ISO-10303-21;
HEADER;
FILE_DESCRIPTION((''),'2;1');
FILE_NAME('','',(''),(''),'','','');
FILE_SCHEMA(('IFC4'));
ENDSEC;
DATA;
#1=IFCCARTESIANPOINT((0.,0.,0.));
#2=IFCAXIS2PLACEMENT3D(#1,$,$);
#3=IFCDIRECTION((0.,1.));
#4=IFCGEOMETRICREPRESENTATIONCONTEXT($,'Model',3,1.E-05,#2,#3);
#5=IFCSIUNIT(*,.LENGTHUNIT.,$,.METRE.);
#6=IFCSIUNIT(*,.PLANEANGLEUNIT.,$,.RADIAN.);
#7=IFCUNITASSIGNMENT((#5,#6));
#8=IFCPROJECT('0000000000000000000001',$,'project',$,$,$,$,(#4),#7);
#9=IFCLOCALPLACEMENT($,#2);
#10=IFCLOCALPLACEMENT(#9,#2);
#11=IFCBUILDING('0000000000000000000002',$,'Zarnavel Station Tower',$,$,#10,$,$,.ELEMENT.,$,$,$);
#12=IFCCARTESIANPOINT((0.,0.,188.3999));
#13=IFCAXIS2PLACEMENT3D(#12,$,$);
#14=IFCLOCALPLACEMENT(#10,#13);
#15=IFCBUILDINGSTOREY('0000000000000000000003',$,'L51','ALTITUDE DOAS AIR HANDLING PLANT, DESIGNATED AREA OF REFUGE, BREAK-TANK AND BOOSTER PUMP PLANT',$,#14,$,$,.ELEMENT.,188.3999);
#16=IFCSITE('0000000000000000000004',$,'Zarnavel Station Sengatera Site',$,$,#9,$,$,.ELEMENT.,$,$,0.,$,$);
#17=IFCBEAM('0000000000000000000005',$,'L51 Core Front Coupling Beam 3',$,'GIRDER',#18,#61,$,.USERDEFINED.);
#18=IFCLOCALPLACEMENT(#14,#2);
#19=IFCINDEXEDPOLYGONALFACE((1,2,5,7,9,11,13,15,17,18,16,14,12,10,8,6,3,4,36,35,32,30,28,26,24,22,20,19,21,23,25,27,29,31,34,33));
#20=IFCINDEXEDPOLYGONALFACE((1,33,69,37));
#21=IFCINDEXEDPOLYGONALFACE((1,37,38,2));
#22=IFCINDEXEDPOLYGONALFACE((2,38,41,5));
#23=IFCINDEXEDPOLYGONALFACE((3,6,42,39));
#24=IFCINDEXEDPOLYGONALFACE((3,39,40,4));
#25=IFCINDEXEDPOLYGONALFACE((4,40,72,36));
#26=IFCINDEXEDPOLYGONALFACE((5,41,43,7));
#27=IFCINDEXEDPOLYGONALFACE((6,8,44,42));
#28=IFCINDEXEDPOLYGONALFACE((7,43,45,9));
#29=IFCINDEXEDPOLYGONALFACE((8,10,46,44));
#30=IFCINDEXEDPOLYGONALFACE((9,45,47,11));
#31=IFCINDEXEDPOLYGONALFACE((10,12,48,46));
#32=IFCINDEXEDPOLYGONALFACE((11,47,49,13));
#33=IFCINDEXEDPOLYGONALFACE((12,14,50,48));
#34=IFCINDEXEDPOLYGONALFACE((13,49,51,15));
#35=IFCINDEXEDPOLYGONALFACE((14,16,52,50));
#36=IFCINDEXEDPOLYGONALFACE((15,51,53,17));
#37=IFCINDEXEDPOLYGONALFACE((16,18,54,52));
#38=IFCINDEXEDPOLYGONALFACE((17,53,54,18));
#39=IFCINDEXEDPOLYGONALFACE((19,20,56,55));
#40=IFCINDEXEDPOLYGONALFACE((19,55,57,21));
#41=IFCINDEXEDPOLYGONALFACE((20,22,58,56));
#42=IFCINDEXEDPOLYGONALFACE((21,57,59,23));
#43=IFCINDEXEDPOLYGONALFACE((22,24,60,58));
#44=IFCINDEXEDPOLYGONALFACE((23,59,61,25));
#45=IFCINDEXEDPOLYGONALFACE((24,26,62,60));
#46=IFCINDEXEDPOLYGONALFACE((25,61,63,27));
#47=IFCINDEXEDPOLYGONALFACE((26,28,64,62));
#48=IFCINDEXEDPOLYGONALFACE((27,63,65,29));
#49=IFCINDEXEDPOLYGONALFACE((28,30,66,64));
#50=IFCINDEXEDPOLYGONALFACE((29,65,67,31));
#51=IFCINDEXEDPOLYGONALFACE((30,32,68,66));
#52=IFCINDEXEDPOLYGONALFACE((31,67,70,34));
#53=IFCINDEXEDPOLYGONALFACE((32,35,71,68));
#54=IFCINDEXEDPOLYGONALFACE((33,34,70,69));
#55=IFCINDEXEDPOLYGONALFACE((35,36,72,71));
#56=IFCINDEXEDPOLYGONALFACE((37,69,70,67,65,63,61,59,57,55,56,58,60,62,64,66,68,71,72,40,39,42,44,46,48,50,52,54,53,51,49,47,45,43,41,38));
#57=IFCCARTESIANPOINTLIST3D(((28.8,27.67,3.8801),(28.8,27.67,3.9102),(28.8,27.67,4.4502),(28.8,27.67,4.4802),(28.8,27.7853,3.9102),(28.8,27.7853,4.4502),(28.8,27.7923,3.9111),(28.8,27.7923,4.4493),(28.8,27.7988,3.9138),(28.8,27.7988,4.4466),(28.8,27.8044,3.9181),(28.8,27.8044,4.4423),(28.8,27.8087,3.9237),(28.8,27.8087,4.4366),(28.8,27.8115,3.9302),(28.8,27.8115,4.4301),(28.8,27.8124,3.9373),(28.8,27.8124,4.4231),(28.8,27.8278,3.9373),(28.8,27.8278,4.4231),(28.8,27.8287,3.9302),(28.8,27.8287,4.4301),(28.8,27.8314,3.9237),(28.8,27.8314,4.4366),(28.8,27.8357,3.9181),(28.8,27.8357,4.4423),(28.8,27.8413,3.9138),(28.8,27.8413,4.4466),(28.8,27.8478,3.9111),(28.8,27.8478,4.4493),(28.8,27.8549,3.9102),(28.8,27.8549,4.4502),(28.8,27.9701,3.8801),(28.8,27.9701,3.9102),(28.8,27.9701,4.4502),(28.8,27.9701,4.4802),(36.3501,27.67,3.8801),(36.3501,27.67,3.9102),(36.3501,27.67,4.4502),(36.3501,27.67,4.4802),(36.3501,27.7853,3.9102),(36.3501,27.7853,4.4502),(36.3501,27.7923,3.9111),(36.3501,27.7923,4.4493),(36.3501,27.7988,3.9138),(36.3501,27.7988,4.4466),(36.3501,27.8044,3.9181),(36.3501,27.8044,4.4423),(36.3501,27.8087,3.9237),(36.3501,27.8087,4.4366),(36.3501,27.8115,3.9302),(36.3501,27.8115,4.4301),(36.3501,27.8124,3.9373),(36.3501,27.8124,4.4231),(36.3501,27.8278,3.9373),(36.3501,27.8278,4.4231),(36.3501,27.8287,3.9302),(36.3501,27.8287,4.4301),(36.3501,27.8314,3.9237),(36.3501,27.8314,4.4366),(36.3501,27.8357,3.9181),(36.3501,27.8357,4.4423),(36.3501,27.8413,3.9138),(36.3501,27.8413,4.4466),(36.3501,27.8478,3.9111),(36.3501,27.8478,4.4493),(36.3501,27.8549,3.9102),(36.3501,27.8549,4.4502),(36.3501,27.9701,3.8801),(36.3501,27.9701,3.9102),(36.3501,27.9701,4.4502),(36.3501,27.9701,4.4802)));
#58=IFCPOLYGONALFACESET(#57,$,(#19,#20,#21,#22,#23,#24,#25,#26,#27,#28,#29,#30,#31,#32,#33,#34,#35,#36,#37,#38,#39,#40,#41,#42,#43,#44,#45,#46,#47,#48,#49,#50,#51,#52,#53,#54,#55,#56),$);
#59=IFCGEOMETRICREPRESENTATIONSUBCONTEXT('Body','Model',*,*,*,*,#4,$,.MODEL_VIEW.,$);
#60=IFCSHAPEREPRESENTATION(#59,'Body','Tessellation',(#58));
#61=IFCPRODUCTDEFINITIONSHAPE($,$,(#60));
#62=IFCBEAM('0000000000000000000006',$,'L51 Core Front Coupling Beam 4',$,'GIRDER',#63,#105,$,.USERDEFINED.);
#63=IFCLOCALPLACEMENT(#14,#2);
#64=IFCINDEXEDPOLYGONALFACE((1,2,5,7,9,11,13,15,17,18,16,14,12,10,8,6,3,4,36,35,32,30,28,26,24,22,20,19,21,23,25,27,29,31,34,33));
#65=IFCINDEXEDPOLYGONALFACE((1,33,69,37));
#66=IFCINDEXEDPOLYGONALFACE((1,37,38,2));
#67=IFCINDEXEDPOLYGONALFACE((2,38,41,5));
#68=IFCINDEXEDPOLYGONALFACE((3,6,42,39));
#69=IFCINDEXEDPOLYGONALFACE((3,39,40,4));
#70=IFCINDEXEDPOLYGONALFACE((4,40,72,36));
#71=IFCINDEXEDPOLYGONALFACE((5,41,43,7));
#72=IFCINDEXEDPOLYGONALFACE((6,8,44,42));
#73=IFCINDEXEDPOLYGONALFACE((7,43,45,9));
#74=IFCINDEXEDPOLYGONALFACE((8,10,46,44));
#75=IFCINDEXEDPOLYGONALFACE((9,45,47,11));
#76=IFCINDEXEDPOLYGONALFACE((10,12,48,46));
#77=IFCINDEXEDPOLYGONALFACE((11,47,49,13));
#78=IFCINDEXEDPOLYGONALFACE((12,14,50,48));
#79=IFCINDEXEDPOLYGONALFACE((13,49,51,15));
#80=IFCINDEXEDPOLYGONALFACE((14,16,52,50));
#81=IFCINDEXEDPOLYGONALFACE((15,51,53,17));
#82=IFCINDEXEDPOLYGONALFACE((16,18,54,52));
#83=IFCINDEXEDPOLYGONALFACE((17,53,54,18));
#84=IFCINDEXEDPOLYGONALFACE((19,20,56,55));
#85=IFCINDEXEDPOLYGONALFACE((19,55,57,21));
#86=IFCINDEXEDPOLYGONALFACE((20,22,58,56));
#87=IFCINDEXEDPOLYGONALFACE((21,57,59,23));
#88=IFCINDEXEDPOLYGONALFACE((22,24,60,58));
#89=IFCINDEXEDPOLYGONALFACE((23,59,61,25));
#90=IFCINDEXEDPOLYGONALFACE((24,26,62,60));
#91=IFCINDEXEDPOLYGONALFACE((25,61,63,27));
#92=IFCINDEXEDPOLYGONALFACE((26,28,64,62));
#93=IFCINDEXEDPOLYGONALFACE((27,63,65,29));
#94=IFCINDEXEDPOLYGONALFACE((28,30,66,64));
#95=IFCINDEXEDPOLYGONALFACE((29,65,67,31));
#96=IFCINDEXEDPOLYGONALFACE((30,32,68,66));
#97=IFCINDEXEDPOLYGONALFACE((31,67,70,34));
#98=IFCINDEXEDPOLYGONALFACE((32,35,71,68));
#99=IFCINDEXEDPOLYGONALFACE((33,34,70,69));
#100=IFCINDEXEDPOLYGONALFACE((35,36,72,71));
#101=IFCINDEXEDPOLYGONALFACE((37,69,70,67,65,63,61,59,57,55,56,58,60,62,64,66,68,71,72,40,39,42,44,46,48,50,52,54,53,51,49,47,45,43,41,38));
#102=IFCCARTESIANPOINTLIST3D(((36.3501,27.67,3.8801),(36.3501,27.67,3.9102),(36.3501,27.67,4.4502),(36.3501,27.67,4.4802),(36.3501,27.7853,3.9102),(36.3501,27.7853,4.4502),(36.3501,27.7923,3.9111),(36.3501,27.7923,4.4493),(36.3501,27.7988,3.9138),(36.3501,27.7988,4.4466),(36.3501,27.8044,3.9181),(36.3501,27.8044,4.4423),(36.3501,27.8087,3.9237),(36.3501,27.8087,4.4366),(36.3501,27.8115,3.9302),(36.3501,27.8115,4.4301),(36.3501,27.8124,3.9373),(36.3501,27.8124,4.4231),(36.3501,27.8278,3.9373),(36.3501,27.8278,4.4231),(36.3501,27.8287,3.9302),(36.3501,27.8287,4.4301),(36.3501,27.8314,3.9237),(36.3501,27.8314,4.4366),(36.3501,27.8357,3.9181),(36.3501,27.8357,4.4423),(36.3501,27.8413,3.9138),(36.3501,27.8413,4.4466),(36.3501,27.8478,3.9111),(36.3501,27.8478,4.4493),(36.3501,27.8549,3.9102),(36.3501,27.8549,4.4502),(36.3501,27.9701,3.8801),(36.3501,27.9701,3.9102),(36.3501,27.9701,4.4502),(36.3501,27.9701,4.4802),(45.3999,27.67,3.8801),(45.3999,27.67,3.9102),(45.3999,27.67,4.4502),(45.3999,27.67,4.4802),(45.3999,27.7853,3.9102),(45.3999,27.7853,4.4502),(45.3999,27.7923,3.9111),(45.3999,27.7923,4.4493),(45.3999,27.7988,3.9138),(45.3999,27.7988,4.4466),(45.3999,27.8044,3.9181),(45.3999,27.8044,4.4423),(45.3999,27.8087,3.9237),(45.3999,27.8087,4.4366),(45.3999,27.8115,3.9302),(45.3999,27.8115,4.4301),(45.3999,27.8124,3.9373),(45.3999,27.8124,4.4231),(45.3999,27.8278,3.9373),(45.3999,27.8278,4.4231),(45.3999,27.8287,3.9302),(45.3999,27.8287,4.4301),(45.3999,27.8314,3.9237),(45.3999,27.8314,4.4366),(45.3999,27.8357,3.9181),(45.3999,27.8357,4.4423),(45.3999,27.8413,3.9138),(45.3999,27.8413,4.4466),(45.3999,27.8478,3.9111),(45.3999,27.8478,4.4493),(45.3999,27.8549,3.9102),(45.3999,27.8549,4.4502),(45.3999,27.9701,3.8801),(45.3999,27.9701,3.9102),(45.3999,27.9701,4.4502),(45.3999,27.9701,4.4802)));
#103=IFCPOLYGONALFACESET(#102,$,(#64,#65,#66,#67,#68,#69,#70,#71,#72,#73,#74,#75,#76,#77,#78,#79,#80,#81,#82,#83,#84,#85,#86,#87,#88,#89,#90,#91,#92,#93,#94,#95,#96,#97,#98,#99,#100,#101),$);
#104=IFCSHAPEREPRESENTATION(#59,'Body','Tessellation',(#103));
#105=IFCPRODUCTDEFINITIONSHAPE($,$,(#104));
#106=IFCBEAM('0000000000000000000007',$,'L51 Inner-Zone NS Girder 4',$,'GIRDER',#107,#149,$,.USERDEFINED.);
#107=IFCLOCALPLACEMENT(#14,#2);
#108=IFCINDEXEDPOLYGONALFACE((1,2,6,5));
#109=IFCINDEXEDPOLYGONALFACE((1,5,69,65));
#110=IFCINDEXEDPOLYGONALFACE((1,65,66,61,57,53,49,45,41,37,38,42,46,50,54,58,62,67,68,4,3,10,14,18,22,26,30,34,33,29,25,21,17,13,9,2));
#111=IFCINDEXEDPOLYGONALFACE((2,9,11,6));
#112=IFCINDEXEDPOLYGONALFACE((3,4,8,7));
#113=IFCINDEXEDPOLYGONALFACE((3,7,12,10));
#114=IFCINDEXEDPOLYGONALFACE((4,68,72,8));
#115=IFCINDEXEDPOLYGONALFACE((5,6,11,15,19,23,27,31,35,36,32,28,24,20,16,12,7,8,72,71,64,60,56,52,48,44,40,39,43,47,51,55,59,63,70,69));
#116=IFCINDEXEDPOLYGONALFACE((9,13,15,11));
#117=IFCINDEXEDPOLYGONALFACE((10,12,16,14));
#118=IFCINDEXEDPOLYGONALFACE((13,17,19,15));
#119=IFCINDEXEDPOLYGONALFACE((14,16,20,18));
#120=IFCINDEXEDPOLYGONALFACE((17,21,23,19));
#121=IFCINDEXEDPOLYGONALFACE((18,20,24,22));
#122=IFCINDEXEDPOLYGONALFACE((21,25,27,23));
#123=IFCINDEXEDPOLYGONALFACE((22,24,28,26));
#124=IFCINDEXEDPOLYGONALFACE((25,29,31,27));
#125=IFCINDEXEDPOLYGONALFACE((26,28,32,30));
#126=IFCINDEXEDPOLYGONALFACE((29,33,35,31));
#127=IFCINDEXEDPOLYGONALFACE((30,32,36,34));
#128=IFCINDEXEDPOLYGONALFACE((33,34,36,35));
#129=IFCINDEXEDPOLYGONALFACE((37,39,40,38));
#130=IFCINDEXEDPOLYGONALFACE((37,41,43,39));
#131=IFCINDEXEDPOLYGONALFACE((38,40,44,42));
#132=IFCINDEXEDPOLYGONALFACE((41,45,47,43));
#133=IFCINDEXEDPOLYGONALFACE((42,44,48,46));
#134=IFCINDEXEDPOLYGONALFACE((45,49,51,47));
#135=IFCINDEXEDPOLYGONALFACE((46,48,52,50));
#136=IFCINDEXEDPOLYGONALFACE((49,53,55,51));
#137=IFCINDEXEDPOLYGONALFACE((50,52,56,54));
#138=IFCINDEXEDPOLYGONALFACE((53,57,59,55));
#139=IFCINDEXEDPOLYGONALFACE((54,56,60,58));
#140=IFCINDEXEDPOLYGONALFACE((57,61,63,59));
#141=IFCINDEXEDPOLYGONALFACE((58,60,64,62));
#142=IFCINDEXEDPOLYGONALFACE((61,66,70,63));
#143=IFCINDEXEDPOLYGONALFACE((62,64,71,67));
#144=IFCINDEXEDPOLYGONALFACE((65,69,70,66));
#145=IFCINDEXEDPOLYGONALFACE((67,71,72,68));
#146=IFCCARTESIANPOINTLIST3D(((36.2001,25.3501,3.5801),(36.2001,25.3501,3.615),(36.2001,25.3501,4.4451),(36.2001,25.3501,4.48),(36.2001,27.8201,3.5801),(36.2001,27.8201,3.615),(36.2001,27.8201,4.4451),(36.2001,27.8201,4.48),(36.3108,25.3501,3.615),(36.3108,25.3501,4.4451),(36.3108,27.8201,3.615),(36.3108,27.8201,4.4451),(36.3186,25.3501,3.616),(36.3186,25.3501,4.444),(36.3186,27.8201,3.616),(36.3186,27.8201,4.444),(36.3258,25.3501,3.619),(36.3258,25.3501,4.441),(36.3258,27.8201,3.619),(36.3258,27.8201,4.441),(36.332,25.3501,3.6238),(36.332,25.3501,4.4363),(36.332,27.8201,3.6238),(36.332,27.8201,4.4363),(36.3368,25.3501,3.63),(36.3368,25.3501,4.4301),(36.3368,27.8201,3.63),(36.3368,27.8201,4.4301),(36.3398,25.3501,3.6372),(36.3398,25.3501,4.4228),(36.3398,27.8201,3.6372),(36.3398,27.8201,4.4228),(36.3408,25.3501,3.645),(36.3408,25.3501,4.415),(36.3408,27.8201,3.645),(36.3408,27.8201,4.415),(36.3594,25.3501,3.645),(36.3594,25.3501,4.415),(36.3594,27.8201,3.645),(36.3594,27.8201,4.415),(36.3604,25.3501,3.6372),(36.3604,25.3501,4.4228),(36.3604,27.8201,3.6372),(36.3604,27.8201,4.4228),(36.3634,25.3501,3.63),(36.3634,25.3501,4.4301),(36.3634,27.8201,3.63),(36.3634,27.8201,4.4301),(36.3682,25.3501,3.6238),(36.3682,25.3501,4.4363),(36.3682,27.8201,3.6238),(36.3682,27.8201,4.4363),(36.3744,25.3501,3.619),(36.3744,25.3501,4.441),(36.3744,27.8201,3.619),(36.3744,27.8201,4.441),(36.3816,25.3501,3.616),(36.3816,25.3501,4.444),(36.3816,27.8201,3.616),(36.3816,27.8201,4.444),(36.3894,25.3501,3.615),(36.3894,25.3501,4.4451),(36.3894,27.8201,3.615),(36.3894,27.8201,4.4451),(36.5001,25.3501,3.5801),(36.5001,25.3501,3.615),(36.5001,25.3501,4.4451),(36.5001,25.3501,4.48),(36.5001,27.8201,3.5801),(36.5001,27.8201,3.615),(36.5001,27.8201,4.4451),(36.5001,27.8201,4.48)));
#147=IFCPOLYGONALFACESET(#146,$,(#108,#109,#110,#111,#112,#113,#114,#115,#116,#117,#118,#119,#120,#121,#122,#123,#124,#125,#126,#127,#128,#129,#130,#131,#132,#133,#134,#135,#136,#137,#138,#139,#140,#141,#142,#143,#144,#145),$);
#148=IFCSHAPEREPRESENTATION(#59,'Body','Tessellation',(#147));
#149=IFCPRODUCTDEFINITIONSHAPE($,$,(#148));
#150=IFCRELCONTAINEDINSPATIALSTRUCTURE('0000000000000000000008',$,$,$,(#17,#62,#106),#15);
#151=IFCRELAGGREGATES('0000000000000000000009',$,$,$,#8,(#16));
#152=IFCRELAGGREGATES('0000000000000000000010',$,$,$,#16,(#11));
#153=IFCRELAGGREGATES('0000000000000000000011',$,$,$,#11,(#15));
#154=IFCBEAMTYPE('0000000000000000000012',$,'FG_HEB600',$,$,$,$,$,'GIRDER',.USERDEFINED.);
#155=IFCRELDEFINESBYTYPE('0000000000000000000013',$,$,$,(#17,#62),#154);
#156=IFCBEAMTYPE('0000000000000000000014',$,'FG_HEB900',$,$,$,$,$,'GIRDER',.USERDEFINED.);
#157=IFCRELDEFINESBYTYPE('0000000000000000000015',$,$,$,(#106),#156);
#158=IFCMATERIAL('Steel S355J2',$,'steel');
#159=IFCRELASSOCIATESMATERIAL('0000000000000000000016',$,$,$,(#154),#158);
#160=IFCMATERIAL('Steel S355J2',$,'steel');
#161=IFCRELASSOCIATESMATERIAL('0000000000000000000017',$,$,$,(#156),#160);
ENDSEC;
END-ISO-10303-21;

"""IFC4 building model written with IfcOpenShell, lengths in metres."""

from ifc_helpers import new_model, si_unit, direction, frame, origin, origin_2d, place, context, subcontext, project, spatial, i_section, extrude, material, material_profile, profile_set, type_object, element, save


model = new_model("IFC4")

# Units and contexts
model_context = context("Model", 3, precision=1e-05, world=origin(), true_north=direction((0.0, 1.0)))
body_context = subcontext(model_context, "Body", "Model", "MODEL_VIEW")
ifc_project = project(units=[si_unit("LENGTHUNIT", "METRE"), si_unit("PLANEANGLEUNIT", "RADIAN")], contexts=[model_context])

# Site, building, storey
site_placement = place(None, origin())
site = spatial("IfcSite", under=ifc_project, at=site_placement, Name="Zarnavel Station Sengatera Site", CompositionType="ELEMENT", RefElevation=0.0)
building_placement = place(site_placement, origin())
building = spatial("IfcBuilding", under=site, at=building_placement, Name="Zarnavel Station Tower", CompositionType="ELEMENT")
storey_placement = place(building_placement, frame((0.0, 0.0, 188.3999)))
storey = spatial("IfcBuildingStorey", under=building, at=storey_placement, Name="L51", Description="ALTITUDE DOAS AIR HANDLING PLANT, DESIGNATED AREA OF REFUGE, BREAK-TANK AND BOOSTER PUMP PLANT", CompositionType="ELEMENT", Elevation=188.3999)

# Beams
ifc_material_1 = material(Name="Steel S355J2", Category="steel")
ifc_material_profile_1 = material_profile(ifc_material_1, i_section(OverallWidth=0.3, OverallDepth=0.6001, WebThickness=0.0154, FlangeThickness=0.03, FilletRadius=0.0271, at=origin_2d()), Name="HEB600")
ifc_profile_set_1 = profile_set([ifc_material_profile_1], Name="Steel S355J2")
beam_type_1 = type_object("IfcBeamType", Name="FG_HEB600", ElementType="GIRDER", PredefinedType="USERDEFINED", material=ifc_profile_set_1)
beam_1_placement = place(storey_placement, frame((28.8, 27.8201, 4.1802), z_axis=(1.0, 0.0, 0.0), x_axis=(0.0, 1.0, 0.0)))
element("IfcBeam", 1, at=beam_1_placement, inside=storey, type_object=beam_type_1, Name="L51 Core Front Coupling Beam 3", ObjectType="GIRDER", PredefinedType="USERDEFINED", context=body_context, shape_type="SweptSolid", body=[
    extrude(i_section(OverallWidth=0.3, OverallDepth=0.6001, WebThickness=0.0154, FlangeThickness=0.03, FilletRadius=0.0271, at=origin_2d()), origin(), (0.0, 0.0, 1.0), 7.55),
])
beam_2_placement = place(storey_placement, frame((36.3501, 27.8201, 4.1802), z_axis=(1.0, 0.0, 0.0), x_axis=(0.0, 1.0, 0.0)))
element("IfcBeam", 2, at=beam_2_placement, inside=storey, type_object=beam_type_1, Name="L51 Core Front Coupling Beam 4", ObjectType="GIRDER", PredefinedType="USERDEFINED", context=body_context, shape_type="SweptSolid", body=[
    extrude(i_section(OverallWidth=0.3, OverallDepth=0.6001, WebThickness=0.0154, FlangeThickness=0.03, FilletRadius=0.0271, at=origin_2d()), origin(), (0.0, 0.0, 1.0), 9.0498),
])
ifc_material_2 = material(Name="Steel S355J2", Category="steel")
ifc_material_profile_2 = material_profile(ifc_material_2, i_section(OverallWidth=0.3, OverallDepth=0.8999, WebThickness=0.0186, FlangeThickness=0.0349, FilletRadius=0.03, at=origin_2d()), Name="HEB900")
ifc_profile_set_2 = profile_set([ifc_material_profile_2], Name="Steel S355J2")
beam_type_2 = type_object("IfcBeamType", Name="FG_HEB900", ElementType="GIRDER", PredefinedType="USERDEFINED", material=ifc_profile_set_2)
beam_3_placement = place(storey_placement, frame((36.3501, 25.3501, 4.03), z_axis=(0.0, 1.0, 0.0), x_axis=(-1.0, 0.0, 0.0)))
element("IfcBeam", 3, at=beam_3_placement, inside=storey, type_object=beam_type_2, Name="L51 Inner-Zone NS Girder 4", ObjectType="GIRDER", PredefinedType="USERDEFINED", context=body_context, shape_type="SweptSolid", body=[
    extrude(i_section(OverallWidth=0.3, OverallDepth=0.8999, WebThickness=0.0186, FlangeThickness=0.0349, FilletRadius=0.03, at=origin_2d()), origin(), (0.0, 0.0, 1.0), 2.47),
])

save(model, "model.ifc")
